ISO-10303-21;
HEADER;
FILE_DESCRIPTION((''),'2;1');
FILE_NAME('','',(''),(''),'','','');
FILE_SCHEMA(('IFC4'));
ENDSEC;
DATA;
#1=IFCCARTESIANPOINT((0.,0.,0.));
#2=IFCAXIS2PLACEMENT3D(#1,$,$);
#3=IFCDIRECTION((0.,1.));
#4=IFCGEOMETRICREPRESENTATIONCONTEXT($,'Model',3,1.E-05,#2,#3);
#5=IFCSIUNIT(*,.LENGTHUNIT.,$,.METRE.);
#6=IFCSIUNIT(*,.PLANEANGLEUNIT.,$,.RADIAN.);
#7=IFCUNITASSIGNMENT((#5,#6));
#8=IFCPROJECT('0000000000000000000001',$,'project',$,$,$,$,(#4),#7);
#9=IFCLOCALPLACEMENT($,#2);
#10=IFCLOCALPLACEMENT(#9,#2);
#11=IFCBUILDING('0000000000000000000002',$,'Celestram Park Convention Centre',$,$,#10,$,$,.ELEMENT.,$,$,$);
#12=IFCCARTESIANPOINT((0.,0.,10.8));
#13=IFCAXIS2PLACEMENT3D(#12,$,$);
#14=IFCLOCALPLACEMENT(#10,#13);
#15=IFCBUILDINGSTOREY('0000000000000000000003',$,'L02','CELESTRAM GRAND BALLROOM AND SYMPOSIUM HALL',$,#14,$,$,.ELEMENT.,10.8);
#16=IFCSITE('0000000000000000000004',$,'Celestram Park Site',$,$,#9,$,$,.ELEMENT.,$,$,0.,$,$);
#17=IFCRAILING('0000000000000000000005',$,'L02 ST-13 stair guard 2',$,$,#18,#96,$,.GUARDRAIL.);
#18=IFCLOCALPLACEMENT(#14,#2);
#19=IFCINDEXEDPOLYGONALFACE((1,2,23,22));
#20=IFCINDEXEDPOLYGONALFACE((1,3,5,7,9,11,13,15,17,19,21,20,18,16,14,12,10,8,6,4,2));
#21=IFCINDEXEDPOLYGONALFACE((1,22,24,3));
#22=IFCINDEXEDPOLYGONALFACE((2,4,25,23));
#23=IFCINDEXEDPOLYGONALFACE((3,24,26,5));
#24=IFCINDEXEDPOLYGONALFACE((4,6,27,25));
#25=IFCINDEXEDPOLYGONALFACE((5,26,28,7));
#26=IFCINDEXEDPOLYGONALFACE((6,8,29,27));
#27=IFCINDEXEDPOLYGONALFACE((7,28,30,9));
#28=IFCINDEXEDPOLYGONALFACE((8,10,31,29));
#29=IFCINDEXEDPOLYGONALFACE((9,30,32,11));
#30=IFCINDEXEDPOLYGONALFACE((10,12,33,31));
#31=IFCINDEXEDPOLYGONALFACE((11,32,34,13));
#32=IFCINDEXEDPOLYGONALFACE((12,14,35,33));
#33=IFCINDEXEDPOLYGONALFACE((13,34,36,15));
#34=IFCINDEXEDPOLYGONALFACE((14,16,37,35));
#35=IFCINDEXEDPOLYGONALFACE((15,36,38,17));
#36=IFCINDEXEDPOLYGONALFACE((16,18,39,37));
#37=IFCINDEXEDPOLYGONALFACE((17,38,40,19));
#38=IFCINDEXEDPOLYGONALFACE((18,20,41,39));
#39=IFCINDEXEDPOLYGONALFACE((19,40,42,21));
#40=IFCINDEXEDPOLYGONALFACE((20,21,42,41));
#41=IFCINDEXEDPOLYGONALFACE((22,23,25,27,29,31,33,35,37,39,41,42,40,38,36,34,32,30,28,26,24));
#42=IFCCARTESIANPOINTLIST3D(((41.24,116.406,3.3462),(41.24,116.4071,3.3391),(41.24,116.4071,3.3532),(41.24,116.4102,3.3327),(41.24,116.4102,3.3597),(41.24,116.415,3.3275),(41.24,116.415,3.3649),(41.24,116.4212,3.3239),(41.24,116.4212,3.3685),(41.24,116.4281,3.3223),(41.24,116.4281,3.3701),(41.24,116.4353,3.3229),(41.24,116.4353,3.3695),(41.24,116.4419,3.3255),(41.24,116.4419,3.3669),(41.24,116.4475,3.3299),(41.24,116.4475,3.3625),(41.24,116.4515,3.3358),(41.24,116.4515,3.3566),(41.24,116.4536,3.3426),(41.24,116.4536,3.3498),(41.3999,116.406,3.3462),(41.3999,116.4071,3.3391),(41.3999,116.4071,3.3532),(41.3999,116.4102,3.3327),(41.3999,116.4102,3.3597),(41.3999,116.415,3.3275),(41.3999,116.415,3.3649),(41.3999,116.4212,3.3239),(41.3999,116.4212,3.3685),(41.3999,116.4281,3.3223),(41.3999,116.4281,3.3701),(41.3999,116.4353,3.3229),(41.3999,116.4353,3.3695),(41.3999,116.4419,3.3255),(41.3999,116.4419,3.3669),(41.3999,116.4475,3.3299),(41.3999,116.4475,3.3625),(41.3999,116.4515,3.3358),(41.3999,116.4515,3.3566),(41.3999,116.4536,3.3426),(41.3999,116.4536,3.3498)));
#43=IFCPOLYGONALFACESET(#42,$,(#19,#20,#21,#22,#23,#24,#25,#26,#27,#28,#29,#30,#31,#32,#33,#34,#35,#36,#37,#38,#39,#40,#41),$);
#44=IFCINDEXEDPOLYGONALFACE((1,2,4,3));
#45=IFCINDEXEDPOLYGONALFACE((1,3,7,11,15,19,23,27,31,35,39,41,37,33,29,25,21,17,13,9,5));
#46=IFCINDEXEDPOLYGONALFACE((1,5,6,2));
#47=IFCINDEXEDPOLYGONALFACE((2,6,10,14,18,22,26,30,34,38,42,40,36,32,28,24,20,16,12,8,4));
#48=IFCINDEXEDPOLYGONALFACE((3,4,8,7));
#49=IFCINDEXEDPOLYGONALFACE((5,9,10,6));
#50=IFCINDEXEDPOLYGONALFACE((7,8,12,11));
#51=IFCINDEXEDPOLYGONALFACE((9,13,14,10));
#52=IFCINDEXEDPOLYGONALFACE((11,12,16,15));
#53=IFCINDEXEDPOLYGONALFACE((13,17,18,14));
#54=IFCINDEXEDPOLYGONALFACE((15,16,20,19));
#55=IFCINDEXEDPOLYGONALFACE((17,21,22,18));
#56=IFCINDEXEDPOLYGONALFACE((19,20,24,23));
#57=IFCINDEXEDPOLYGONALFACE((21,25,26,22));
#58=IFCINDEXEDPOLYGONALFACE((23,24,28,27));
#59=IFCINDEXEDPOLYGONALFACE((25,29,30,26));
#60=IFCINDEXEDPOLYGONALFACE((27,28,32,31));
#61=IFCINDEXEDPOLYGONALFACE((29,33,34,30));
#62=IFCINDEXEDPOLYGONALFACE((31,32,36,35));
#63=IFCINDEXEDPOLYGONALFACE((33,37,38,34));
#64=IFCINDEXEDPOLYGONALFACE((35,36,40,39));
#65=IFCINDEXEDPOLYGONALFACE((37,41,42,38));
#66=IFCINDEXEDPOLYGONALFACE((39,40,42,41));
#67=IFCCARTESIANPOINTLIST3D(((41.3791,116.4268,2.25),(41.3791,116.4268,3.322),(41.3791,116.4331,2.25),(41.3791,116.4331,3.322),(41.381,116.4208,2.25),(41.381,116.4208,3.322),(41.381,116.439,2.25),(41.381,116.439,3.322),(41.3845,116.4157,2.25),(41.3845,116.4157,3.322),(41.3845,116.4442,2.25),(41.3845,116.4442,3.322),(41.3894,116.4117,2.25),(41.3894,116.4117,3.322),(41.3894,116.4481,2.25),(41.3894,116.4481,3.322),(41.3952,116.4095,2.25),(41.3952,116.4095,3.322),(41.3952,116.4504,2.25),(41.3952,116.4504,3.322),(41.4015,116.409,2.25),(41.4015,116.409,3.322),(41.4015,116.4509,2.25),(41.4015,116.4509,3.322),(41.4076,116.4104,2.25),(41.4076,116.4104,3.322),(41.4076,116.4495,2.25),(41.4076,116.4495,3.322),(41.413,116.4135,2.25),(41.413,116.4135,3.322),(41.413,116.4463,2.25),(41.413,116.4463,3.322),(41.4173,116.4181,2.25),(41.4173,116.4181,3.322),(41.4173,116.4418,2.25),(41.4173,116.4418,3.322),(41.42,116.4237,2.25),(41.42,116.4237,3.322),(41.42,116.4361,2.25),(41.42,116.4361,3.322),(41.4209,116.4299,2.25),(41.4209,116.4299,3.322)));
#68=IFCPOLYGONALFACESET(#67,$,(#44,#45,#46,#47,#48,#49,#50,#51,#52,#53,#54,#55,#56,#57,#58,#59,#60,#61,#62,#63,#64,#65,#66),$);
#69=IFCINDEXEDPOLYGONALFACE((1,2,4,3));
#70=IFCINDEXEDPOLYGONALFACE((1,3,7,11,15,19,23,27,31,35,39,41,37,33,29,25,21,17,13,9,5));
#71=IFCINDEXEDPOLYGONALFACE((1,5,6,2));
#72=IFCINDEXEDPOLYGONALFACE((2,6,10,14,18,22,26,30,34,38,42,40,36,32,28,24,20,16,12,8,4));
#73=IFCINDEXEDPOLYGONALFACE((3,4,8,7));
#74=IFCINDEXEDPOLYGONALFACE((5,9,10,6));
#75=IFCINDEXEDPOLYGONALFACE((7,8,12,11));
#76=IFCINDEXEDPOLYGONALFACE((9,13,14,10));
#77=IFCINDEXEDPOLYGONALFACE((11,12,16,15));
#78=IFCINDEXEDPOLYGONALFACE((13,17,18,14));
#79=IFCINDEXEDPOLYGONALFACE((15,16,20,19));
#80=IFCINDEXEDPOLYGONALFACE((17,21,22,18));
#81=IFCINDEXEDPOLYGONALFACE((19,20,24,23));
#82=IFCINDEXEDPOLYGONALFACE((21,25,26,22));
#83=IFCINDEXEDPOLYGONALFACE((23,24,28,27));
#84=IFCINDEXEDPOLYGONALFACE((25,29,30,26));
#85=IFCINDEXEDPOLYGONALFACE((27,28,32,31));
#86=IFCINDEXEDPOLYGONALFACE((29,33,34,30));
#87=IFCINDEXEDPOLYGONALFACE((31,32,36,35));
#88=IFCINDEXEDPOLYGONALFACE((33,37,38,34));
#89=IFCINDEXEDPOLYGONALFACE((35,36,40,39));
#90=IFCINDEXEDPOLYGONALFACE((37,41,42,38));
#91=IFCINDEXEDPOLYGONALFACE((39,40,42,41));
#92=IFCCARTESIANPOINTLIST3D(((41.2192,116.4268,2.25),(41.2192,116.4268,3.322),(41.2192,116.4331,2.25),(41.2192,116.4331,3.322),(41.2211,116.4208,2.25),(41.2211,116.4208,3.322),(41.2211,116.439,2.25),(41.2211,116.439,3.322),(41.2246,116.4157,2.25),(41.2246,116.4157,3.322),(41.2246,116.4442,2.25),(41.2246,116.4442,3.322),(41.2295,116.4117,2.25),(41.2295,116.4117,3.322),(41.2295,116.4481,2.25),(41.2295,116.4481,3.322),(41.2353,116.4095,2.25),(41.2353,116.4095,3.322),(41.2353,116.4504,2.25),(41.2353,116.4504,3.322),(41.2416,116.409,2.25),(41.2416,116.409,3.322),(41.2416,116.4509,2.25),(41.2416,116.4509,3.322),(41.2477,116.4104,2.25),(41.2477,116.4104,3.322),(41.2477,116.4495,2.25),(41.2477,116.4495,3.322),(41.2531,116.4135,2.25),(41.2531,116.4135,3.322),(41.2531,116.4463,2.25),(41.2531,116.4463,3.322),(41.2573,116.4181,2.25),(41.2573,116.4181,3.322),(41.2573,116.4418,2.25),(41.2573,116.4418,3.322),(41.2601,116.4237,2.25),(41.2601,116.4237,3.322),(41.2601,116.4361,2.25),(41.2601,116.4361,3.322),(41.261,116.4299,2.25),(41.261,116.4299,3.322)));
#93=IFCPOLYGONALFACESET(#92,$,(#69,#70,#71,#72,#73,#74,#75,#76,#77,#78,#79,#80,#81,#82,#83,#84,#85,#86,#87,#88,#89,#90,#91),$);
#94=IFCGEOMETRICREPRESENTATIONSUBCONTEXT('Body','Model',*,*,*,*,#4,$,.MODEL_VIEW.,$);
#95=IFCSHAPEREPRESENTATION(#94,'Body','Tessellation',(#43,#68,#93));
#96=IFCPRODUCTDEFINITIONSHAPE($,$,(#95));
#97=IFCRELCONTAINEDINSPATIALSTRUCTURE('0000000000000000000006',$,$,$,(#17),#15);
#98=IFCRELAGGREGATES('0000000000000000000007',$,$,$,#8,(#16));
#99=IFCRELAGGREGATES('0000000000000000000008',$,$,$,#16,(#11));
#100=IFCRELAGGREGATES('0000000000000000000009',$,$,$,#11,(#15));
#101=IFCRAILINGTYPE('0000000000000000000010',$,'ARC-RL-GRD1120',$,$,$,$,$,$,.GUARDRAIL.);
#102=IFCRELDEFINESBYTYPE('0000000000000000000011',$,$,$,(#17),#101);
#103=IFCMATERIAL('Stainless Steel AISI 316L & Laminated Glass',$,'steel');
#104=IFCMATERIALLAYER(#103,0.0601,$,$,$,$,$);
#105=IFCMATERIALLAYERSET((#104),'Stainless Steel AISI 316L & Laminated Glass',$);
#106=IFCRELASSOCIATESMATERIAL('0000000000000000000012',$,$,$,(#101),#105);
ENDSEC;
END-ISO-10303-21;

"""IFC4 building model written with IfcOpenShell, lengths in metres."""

from ifc_helpers import new_model, si_unit, direction, frame, origin, origin_2d, place, context, subcontext, project, spatial, circle, extrude, material, layer, layer_set, type_object, element, save


model = new_model("IFC4")

# Units and contexts
model_context = context("Model", 3, precision=1e-05, world=origin(), true_north=direction((0.0, 1.0)))
body_context = subcontext(model_context, "Body", "Model", "MODEL_VIEW")
ifc_project = project(units=[si_unit("LENGTHUNIT", "METRE"), si_unit("PLANEANGLEUNIT", "RADIAN")], contexts=[model_context])

# Site, building, storey
site_placement = place(None, origin())
site = spatial("IfcSite", under=ifc_project, at=site_placement, Name="Celestram Park Site", CompositionType="ELEMENT", RefElevation=0.0)
building_placement = place(site_placement, origin())
building = spatial("IfcBuilding", under=site, at=building_placement, Name="Celestram Park Convention Centre", CompositionType="ELEMENT")
storey_placement = place(building_placement, frame((0.0, 0.0, 10.8)))
storey = spatial("IfcBuildingStorey", under=building, at=storey_placement, Name="L02", Description="CELESTRAM GRAND BALLROOM AND SYMPOSIUM HALL", CompositionType="ELEMENT", Elevation=10.8)

# Railing
ifc_material_1 = material(Name="Stainless Steel AISI 316L & Laminated Glass", Category="steel")
ifc_layer_1 = layer(ifc_material_1, 0.0601)
ifc_layer_set_1 = layer_set([ifc_layer_1], Name="Stainless Steel AISI 316L & Laminated Glass")
railing_type_1 = type_object("IfcRailingType", Name="ARC-RL-GRD1120", PredefinedType="GUARDRAIL", material=ifc_layer_set_1)
railing_1_placement = place(storey_placement, frame((41.3999, 116.4299, 2.25)))
element("IfcRailing", 1, at=railing_1_placement, inside=storey, type_object=railing_type_1, Name="L02 ST-13 stair guard 2", PredefinedType="GUARDRAIL", context=body_context, shape_type="SweptSolid", body=[
    extrude(circle(Radius=0.0239, at=origin_2d()), frame((0.0, 0.0, 1.0962), z_axis=(-1.0, 0.0, 0.0), x_axis=(0.0, -1.0, 0.0)), (0.0, 0.0, 1.0), 0.1599),
    extrude(circle(Radius=0.021, at=origin_2d()), origin(), (0.0, 0.0, 1.0), 1.072),
    extrude(circle(Radius=0.021, at=origin_2d()), frame((-0.1599, 0.0, 0.0)), (0.0, 0.0, 1.0), 1.072),
])

save(model, "model.ifc")
